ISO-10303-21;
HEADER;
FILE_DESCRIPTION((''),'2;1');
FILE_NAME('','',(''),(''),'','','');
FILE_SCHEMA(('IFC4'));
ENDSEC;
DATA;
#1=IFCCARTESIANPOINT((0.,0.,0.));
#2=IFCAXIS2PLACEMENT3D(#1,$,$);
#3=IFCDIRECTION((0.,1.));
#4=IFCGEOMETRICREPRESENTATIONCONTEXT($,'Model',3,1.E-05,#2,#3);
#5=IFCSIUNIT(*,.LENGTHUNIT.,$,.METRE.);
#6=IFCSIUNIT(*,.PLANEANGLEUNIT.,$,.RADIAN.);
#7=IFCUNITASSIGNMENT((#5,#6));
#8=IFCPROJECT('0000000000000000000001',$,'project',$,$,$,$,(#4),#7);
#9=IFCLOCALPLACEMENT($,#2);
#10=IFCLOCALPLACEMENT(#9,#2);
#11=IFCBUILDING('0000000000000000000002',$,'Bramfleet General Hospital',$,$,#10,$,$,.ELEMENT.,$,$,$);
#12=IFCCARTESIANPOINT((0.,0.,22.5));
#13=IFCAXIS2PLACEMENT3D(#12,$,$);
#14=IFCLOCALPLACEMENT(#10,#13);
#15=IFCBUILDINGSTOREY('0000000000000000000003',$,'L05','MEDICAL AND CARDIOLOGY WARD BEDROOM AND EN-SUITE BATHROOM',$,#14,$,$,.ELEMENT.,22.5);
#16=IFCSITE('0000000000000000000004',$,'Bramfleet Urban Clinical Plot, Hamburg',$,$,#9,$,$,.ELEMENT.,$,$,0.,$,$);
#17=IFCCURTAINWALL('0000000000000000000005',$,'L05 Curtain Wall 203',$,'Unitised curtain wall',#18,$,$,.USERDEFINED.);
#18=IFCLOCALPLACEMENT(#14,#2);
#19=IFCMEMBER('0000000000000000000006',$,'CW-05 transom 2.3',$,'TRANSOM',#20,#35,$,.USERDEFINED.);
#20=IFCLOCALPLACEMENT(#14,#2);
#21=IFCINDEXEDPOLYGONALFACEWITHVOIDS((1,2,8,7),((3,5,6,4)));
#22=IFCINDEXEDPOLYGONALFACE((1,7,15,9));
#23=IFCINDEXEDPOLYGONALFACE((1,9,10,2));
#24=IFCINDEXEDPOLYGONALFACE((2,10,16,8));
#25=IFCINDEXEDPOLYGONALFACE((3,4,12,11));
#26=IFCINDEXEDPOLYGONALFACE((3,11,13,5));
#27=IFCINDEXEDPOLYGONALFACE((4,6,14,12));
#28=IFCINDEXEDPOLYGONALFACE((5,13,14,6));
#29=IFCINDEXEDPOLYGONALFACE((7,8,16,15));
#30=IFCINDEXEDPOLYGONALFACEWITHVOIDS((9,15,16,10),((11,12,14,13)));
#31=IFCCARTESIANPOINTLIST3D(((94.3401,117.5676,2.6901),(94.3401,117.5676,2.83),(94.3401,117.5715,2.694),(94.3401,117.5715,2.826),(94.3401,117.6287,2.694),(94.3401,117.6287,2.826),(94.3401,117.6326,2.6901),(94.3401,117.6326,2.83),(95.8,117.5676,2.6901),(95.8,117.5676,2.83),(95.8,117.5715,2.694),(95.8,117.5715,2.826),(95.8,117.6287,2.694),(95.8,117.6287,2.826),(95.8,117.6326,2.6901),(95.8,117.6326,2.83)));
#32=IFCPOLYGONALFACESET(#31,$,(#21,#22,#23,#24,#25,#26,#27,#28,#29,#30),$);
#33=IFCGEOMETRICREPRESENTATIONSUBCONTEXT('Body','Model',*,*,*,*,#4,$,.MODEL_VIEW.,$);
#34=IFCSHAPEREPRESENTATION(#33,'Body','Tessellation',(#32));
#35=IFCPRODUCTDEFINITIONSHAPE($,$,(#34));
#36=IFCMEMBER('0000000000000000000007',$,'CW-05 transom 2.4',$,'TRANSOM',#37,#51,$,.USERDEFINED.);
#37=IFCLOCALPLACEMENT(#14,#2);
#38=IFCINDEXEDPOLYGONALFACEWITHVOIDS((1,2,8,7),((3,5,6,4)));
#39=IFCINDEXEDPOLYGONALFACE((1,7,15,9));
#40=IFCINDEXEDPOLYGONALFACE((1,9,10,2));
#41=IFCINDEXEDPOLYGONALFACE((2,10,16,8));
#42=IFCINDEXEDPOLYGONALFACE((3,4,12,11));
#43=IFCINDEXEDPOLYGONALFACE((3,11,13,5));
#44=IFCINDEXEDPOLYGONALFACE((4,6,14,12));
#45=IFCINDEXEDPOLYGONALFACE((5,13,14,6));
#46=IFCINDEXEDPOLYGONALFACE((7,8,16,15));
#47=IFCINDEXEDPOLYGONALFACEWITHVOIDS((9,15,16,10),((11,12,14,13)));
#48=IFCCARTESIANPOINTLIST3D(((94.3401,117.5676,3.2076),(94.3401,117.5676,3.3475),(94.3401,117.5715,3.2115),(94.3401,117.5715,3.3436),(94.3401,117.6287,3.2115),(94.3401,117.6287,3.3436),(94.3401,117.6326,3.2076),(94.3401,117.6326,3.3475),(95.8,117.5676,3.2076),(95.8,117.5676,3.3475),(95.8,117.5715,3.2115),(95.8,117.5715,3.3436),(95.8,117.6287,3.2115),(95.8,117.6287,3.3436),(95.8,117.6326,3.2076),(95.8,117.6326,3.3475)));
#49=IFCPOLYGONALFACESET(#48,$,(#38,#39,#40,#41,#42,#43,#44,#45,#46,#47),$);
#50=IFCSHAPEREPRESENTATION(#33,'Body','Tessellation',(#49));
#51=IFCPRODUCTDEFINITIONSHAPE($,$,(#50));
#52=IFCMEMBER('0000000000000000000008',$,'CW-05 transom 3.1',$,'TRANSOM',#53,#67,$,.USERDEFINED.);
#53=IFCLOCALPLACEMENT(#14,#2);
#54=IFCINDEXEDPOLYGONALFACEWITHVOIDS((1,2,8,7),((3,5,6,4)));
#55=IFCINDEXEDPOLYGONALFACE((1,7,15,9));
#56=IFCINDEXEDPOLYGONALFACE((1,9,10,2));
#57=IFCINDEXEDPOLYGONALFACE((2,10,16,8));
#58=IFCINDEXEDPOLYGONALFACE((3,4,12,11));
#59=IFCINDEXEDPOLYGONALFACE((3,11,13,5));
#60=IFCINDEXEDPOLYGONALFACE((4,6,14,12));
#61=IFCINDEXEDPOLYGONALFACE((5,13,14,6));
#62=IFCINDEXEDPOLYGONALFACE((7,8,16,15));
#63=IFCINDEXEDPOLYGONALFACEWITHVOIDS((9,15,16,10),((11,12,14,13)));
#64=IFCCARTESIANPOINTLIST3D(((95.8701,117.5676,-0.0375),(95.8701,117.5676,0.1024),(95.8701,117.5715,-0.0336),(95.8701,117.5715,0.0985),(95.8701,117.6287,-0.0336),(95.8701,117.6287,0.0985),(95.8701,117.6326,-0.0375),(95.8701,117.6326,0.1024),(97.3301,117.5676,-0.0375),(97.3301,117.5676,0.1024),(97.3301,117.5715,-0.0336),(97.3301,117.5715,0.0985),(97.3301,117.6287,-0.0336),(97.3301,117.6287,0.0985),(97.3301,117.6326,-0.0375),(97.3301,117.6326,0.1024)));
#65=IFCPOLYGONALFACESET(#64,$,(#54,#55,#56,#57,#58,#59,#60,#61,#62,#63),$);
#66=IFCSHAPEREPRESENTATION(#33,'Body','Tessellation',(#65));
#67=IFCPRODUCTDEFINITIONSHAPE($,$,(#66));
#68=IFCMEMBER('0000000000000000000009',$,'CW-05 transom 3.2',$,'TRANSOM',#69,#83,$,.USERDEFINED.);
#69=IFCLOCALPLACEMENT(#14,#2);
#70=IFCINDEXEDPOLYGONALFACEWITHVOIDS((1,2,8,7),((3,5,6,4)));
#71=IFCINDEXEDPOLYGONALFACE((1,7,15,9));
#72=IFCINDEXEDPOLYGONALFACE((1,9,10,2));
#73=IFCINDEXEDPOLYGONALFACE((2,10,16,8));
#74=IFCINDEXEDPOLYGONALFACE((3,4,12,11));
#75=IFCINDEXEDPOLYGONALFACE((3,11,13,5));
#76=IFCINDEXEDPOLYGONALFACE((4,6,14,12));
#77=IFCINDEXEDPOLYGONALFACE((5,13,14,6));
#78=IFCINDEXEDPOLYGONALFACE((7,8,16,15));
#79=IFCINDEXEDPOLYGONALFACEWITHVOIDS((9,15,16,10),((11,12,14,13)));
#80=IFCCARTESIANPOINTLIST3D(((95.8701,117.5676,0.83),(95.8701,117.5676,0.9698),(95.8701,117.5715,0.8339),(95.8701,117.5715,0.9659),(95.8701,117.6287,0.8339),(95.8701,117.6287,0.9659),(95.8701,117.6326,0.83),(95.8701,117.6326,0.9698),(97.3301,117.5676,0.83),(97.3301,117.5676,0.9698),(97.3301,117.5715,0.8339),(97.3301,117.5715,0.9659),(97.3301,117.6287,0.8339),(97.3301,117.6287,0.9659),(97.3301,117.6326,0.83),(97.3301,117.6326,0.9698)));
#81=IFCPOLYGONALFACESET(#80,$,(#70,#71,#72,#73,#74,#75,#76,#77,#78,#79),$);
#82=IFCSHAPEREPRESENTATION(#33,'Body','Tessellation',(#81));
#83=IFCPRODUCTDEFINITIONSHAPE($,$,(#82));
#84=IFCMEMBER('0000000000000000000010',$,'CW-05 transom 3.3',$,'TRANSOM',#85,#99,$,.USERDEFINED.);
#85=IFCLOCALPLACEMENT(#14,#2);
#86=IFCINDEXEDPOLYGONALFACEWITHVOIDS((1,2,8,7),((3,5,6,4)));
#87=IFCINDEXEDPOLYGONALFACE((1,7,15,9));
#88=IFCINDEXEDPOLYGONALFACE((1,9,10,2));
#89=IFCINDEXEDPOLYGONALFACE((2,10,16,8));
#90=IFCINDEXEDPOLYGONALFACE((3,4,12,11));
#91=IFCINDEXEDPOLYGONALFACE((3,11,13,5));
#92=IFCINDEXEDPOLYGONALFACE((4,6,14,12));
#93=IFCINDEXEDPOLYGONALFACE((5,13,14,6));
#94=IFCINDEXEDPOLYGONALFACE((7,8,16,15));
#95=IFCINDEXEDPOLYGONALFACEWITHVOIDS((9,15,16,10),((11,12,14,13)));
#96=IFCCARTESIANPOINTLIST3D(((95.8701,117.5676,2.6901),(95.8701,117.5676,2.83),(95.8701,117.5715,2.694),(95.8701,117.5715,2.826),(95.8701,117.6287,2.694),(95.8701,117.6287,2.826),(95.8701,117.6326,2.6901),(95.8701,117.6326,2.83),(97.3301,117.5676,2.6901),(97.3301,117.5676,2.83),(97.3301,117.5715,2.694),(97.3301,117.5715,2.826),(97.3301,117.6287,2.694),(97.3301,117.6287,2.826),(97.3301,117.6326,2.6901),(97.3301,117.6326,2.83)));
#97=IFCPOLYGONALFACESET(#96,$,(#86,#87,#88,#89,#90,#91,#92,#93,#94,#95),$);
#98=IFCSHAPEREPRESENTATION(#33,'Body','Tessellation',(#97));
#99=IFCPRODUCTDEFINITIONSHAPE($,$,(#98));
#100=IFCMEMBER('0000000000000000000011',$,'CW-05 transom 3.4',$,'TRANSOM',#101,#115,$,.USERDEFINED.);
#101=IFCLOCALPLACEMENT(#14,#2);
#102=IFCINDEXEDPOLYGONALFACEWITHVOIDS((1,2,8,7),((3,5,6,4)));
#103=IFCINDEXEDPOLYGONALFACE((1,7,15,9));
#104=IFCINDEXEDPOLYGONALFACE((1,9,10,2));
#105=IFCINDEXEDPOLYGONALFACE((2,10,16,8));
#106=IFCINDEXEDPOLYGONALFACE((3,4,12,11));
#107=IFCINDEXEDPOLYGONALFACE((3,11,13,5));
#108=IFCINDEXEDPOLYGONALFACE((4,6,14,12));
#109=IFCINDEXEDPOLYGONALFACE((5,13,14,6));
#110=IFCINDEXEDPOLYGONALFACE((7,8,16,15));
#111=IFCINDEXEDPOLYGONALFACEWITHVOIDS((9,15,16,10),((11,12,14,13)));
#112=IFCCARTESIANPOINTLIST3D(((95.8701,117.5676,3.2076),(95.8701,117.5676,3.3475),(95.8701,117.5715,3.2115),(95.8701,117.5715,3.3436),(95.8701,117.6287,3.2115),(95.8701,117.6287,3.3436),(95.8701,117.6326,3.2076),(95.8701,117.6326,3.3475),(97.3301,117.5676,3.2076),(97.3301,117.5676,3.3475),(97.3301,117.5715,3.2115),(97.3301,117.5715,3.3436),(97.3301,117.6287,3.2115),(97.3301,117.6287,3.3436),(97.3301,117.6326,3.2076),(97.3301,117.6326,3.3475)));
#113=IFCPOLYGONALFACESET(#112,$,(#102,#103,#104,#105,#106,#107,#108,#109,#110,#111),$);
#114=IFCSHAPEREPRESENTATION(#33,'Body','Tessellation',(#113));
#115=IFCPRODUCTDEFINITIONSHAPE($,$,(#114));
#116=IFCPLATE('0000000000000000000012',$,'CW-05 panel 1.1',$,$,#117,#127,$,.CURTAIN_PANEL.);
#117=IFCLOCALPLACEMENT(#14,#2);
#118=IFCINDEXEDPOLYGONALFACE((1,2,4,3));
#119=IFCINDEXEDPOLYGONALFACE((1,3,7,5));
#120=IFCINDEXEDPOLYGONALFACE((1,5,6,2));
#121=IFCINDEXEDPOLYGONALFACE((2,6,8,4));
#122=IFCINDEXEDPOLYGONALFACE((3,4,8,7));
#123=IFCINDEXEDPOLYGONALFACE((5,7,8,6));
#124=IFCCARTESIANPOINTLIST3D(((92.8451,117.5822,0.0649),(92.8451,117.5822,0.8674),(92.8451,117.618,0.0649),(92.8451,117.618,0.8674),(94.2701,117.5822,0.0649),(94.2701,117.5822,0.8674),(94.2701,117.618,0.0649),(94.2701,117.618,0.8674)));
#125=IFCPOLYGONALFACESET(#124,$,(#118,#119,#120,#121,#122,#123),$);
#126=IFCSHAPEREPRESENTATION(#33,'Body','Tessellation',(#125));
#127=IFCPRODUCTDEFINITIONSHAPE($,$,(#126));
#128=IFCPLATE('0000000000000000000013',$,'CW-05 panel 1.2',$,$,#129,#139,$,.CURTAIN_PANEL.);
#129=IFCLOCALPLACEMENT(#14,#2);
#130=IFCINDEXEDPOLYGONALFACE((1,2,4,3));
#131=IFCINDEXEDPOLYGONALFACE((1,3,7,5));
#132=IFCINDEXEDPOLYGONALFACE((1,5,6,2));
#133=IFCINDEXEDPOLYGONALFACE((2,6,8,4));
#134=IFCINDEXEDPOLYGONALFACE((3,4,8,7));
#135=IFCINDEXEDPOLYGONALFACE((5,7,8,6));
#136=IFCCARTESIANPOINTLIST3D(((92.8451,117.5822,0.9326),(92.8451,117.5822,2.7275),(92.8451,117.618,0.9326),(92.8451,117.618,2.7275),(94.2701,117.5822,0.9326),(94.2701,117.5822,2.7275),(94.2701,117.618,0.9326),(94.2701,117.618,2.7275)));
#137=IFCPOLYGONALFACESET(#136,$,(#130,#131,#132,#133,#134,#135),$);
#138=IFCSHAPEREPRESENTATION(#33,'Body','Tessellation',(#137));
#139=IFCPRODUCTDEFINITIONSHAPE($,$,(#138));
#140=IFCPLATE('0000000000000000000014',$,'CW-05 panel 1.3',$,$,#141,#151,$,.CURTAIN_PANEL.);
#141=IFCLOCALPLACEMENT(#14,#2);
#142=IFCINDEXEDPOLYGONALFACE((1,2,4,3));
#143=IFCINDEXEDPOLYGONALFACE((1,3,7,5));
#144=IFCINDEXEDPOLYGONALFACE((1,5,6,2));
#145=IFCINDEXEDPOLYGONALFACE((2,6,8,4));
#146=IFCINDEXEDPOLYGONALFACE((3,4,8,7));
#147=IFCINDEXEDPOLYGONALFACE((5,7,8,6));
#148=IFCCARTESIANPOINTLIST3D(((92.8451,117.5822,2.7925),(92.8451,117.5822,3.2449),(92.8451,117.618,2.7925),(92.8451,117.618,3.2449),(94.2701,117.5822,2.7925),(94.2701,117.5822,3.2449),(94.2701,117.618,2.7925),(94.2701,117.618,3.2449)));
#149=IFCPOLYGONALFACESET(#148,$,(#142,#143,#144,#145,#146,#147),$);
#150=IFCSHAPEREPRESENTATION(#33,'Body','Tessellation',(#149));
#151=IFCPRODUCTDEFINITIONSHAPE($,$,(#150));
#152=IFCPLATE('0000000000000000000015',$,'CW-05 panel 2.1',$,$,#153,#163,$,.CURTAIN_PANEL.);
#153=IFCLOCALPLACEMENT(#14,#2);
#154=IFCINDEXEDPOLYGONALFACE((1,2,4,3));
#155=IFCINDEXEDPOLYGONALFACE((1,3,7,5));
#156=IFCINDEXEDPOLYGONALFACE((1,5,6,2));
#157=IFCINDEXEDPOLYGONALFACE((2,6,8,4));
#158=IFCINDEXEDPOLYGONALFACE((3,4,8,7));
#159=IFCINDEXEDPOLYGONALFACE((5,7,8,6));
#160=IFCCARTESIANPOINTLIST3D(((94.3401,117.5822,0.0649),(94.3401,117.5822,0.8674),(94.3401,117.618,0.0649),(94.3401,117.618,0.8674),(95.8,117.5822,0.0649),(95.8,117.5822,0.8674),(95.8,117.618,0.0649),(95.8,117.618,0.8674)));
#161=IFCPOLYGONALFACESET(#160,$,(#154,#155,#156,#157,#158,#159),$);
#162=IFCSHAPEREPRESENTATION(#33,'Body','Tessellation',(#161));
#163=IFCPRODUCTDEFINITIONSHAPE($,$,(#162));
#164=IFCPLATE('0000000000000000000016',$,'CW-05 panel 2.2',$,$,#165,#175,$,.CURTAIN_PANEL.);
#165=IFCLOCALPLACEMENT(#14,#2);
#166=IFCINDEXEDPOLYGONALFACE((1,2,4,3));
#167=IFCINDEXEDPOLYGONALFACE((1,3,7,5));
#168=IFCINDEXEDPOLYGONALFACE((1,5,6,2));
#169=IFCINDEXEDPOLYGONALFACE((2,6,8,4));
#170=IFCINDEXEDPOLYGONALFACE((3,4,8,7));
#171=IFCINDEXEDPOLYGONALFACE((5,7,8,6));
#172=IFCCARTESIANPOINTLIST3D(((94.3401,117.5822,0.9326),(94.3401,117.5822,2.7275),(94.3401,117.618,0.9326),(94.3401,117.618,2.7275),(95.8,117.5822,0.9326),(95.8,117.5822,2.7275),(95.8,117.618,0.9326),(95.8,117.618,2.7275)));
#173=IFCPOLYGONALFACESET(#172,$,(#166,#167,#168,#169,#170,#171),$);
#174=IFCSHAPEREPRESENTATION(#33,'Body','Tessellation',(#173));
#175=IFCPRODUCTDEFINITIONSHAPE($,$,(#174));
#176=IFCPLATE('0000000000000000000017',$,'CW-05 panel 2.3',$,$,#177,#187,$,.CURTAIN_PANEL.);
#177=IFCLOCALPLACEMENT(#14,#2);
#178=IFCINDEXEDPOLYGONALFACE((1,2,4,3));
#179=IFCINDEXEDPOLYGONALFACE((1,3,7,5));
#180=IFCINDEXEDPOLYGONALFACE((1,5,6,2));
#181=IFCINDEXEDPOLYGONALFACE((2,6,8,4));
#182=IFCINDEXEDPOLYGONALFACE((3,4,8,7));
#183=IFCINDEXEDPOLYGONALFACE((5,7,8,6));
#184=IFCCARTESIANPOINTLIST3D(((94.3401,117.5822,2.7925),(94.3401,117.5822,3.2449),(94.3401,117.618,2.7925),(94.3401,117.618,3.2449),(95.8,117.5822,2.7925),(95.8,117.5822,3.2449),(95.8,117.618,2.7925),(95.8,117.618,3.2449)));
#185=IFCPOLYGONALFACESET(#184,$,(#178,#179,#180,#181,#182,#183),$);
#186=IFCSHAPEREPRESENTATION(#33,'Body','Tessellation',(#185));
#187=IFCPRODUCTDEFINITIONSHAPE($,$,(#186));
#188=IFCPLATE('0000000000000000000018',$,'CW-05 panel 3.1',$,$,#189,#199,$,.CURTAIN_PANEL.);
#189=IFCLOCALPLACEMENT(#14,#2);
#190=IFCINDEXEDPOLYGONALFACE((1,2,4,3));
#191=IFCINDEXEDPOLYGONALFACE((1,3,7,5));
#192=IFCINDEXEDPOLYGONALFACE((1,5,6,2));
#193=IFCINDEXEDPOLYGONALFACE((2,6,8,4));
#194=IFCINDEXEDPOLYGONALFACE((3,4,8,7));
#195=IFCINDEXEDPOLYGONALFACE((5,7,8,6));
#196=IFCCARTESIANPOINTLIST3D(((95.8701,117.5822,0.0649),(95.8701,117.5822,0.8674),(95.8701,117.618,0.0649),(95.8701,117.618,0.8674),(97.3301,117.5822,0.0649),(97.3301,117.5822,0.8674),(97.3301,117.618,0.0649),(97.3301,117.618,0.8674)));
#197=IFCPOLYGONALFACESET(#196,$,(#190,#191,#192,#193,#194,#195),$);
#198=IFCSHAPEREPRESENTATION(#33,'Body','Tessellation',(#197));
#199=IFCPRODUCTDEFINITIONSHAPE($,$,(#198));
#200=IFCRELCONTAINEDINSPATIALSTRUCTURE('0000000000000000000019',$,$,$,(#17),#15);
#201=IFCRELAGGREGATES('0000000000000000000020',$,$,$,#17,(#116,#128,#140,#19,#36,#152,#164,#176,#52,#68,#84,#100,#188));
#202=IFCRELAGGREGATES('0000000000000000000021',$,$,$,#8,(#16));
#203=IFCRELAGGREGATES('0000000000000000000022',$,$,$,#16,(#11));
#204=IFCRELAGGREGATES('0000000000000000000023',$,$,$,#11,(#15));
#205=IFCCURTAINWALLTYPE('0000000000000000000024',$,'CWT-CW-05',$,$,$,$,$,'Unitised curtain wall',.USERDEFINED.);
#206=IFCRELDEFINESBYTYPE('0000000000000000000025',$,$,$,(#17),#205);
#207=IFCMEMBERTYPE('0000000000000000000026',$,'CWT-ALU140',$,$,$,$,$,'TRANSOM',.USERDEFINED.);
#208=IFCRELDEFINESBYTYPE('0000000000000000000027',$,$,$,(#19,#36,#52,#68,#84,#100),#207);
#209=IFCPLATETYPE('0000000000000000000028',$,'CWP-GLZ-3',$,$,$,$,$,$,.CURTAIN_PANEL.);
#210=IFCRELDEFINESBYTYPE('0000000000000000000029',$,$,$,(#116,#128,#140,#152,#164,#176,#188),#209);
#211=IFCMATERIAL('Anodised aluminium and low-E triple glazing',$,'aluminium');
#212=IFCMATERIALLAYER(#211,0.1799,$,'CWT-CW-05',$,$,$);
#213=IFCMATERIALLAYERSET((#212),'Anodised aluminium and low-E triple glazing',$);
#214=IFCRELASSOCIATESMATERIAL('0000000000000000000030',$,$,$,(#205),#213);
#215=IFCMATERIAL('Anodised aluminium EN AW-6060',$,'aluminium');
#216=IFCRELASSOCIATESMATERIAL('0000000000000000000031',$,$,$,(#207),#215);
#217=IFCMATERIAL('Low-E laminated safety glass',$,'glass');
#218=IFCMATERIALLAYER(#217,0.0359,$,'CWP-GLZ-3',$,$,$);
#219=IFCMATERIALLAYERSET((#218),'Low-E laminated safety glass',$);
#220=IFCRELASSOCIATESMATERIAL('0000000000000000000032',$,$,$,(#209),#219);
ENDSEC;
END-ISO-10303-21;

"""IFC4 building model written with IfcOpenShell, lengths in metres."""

from ifc_helpers import new_model, si_unit, direction, frame, origin, origin_2d, place, context, subcontext, project, spatial, rectangle, hollow_rectangle, extrude, material, layer, layer_set, material_profile, profile_set, type_object, element, aggregate, save


model = new_model("IFC4")

# Units and contexts
model_context = context("Model", 3, precision=1e-05, world=origin(), true_north=direction((0.0, 1.0)))
body_context = subcontext(model_context, "Body", "Model", "MODEL_VIEW")
ifc_project = project(units=[si_unit("LENGTHUNIT", "METRE"), si_unit("PLANEANGLEUNIT", "RADIAN")], contexts=[model_context])

# Site, building, storey
site_placement = place(None, origin())
site = spatial("IfcSite", under=ifc_project, at=site_placement, Name="Bramfleet Urban Clinical Plot, Hamburg", CompositionType="ELEMENT", RefElevation=0.0)
building_placement = place(site_placement, origin())
building = spatial("IfcBuilding", under=site, at=building_placement, Name="Bramfleet General Hospital", CompositionType="ELEMENT")
storey_placement = place(building_placement, frame((0.0, 0.0, 22.5)))
storey = spatial("IfcBuildingStorey", under=building, at=storey_placement, Name="L05", Description="MEDICAL AND CARDIOLOGY WARD BEDROOM AND EN-SUITE BATHROOM", CompositionType="ELEMENT", Elevation=22.5)

# Curtain wall, members, plates
ifc_material_1 = material(Name="Anodised aluminium and low-E triple glazing", Category="aluminium")
ifc_layer_1 = layer(ifc_material_1, 0.1799, Name="CWT-CW-05")
ifc_layer_set_1 = layer_set([ifc_layer_1], Name="Anodised aluminium and low-E triple glazing")
curtain_wall_type = type_object("IfcCurtainWallType", Name="CWT-CW-05", ElementType="Unitised curtain wall", PredefinedType="USERDEFINED", material=ifc_layer_set_1)
curtain_wall_placement = place(storey_placement, origin())
curtain_wall = element("IfcCurtainWall", 1, at=curtain_wall_placement, inside=storey, type_object=curtain_wall_type, Name="L05 Curtain Wall 203", ObjectType="Unitised curtain wall", PredefinedType="USERDEFINED")
ifc_material_2 = material(Name="Anodised aluminium EN AW-6060", Category="aluminium")
ifc_material_profile_1 = material_profile(ifc_material_2, hollow_rectangle(XDim=0.0649, YDim=0.1399, WallThickness=0.0039, at=origin_2d()), Name="ALU 140x65x4.0")
ifc_profile_set_1 = profile_set([ifc_material_profile_1], Name="Anodised aluminium EN AW-6060")
member_type_1 = type_object("IfcMemberType", Name="CWT-ALU140", ElementType="TRANSOM", PredefinedType="USERDEFINED", material=ifc_profile_set_1)
member_1_placement = place(storey_placement, frame((94.3401, 117.6001, 2.76), z_axis=(1.0, 0.0, 0.0), x_axis=(0.0, 1.0, 0.0)))
member_1 = element("IfcMember", 2, at=member_1_placement, type_object=member_type_1, Name="CW-05 transom 2.3", ObjectType="TRANSOM", PredefinedType="USERDEFINED", context=body_context, shape_type="SweptSolid", body=[
    extrude(hollow_rectangle(XDim=0.0649, YDim=0.1399, WallThickness=0.0039, at=origin_2d()), origin(), (0.0, 0.0, 1.0), 1.46),
])
member_2_placement = place(storey_placement, frame((94.3401, 117.6001, 3.2776), z_axis=(1.0, 0.0, 0.0), x_axis=(0.0, 1.0, 0.0)))
member_2 = element("IfcMember", 3, at=member_2_placement, type_object=member_type_1, Name="CW-05 transom 2.4", ObjectType="TRANSOM", PredefinedType="USERDEFINED", context=body_context, shape_type="SweptSolid", body=[
    extrude(hollow_rectangle(XDim=0.0649, YDim=0.1399, WallThickness=0.0039, at=origin_2d()), origin(), (0.0, 0.0, 1.0), 1.46),
])
member_3_placement = place(storey_placement, frame((95.8701, 117.6001, 0.0325), z_axis=(1.0, 0.0, 0.0), x_axis=(0.0, 1.0, 0.0)))
member_3 = element("IfcMember", 4, at=member_3_placement, type_object=member_type_1, Name="CW-05 transom 3.1", ObjectType="TRANSOM", PredefinedType="USERDEFINED", context=body_context, shape_type="SweptSolid", body=[
    extrude(hollow_rectangle(XDim=0.0649, YDim=0.1399, WallThickness=0.0039, at=origin_2d()), origin(), (0.0, 0.0, 1.0), 1.46),
])
member_4_placement = place(storey_placement, frame((95.8701, 117.6001, 0.8999), z_axis=(1.0, 0.0, 0.0), x_axis=(0.0, 1.0, 0.0)))
member_4 = element("IfcMember", 5, at=member_4_placement, type_object=member_type_1, Name="CW-05 transom 3.2", ObjectType="TRANSOM", PredefinedType="USERDEFINED", context=body_context, shape_type="SweptSolid", body=[
    extrude(hollow_rectangle(XDim=0.0649, YDim=0.1399, WallThickness=0.0039, at=origin_2d()), origin(), (0.0, 0.0, 1.0), 1.46),
])
member_5_placement = place(storey_placement, frame((95.8701, 117.6001, 2.76), z_axis=(1.0, 0.0, 0.0), x_axis=(0.0, 1.0, 0.0)))
member_5 = element("IfcMember", 6, at=member_5_placement, type_object=member_type_1, Name="CW-05 transom 3.3", ObjectType="TRANSOM", PredefinedType="USERDEFINED", context=body_context, shape_type="SweptSolid", body=[
    extrude(hollow_rectangle(XDim=0.0649, YDim=0.1399, WallThickness=0.0039, at=origin_2d()), origin(), (0.0, 0.0, 1.0), 1.46),
])
member_6_placement = place(storey_placement, frame((95.8701, 117.6001, 3.2776), z_axis=(1.0, 0.0, 0.0), x_axis=(0.0, 1.0, 0.0)))
member_6 = element("IfcMember", 7, at=member_6_placement, type_object=member_type_1, Name="CW-05 transom 3.4", ObjectType="TRANSOM", PredefinedType="USERDEFINED", context=body_context, shape_type="SweptSolid", body=[
    extrude(hollow_rectangle(XDim=0.0649, YDim=0.1399, WallThickness=0.0039, at=origin_2d()), origin(), (0.0, 0.0, 1.0), 1.46),
])
ifc_material_3 = material(Name="Low-E laminated safety glass", Category="glass")
ifc_layer_2 = layer(ifc_material_3, 0.0359, Name="CWP-GLZ-3")
ifc_layer_set_2 = layer_set([ifc_layer_2], Name="Low-E laminated safety glass")
plate_type = type_object("IfcPlateType", Name="CWP-GLZ-3", PredefinedType="CURTAIN_PANEL", material=ifc_layer_set_2)
plate_1_placement = place(storey_placement, frame((93.5576, 117.6001, 0.0649), z_axis=(0.0, 0.0, 1.0), x_axis=(1.0, 0.0, 0.0)))
plate_1 = element("IfcPlate", 8, at=plate_1_placement, type_object=plate_type, Name="CW-05 panel 1.1", PredefinedType="CURTAIN_PANEL", context=body_context, shape_type="SweptSolid", body=[
    extrude(rectangle(XDim=1.425, YDim=0.0359, at=origin_2d()), origin(), (0.0, 0.0, 1.0), 0.8025),
])
plate_2_placement = place(storey_placement, frame((93.5576, 117.6001, 0.9326), z_axis=(0.0, 0.0, 1.0), x_axis=(1.0, 0.0, 0.0)))
plate_2 = element("IfcPlate", 9, at=plate_2_placement, type_object=plate_type, Name="CW-05 panel 1.2", PredefinedType="CURTAIN_PANEL", context=body_context, shape_type="SweptSolid", body=[
    extrude(rectangle(XDim=1.425, YDim=0.0359, at=origin_2d()), origin(), (0.0, 0.0, 1.0), 1.7949),
])
plate_3_placement = place(storey_placement, frame((93.5576, 117.6001, 2.7925), z_axis=(0.0, 0.0, 1.0), x_axis=(1.0, 0.0, 0.0)))
plate_3 = element("IfcPlate", 10, at=plate_3_placement, type_object=plate_type, Name="CW-05 panel 1.3", PredefinedType="CURTAIN_PANEL", context=body_context, shape_type="SweptSolid", body=[
    extrude(rectangle(XDim=1.425, YDim=0.0359, at=origin_2d()), origin(), (0.0, 0.0, 1.0), 0.4524),
])
plate_4_placement = place(storey_placement, frame((95.0701, 117.6001, 0.0649), z_axis=(0.0, 0.0, 1.0), x_axis=(1.0, 0.0, 0.0)))
plate_4 = element("IfcPlate", 11, at=plate_4_placement, type_object=plate_type, Name="CW-05 panel 2.1", PredefinedType="CURTAIN_PANEL", context=body_context, shape_type="SweptSolid", body=[
    extrude(rectangle(XDim=1.46, YDim=0.0359, at=origin_2d()), origin(), (0.0, 0.0, 1.0), 0.8025),
])
plate_5_placement = place(storey_placement, frame((95.0701, 117.6001, 0.9326), z_axis=(0.0, 0.0, 1.0), x_axis=(1.0, 0.0, 0.0)))
plate_5 = element("IfcPlate", 12, at=plate_5_placement, type_object=plate_type, Name="CW-05 panel 2.2", PredefinedType="CURTAIN_PANEL", context=body_context, shape_type="SweptSolid", body=[
    extrude(rectangle(XDim=1.46, YDim=0.0359, at=origin_2d()), origin(), (0.0, 0.0, 1.0), 1.7949),
])
plate_6_placement = place(storey_placement, frame((95.0701, 117.6001, 2.7925), z_axis=(0.0, 0.0, 1.0), x_axis=(1.0, 0.0, 0.0)))
plate_6 = element("IfcPlate", 13, at=plate_6_placement, type_object=plate_type, Name="CW-05 panel 2.3", PredefinedType="CURTAIN_PANEL", context=body_context, shape_type="SweptSolid", body=[
    extrude(rectangle(XDim=1.46, YDim=0.0359, at=origin_2d()), origin(), (0.0, 0.0, 1.0), 0.4524),
])
plate_7_placement = place(storey_placement, frame((96.6001, 117.6001, 0.0649), z_axis=(0.0, 0.0, 1.0), x_axis=(1.0, 0.0, 0.0)))
plate_7 = element("IfcPlate", 14, at=plate_7_placement, type_object=plate_type, Name="CW-05 panel 3.1", PredefinedType="CURTAIN_PANEL", context=body_context, shape_type="SweptSolid", body=[
    extrude(rectangle(XDim=1.46, YDim=0.0359, at=origin_2d()), origin(), (0.0, 0.0, 1.0), 0.8025),
])
aggregate(curtain_wall, [plate_1, plate_2, plate_3, member_1, member_2, plate_4, plate_5, plate_6, member_3, member_4, member_5, member_6, plate_7])

save(model, "model.ifc")
